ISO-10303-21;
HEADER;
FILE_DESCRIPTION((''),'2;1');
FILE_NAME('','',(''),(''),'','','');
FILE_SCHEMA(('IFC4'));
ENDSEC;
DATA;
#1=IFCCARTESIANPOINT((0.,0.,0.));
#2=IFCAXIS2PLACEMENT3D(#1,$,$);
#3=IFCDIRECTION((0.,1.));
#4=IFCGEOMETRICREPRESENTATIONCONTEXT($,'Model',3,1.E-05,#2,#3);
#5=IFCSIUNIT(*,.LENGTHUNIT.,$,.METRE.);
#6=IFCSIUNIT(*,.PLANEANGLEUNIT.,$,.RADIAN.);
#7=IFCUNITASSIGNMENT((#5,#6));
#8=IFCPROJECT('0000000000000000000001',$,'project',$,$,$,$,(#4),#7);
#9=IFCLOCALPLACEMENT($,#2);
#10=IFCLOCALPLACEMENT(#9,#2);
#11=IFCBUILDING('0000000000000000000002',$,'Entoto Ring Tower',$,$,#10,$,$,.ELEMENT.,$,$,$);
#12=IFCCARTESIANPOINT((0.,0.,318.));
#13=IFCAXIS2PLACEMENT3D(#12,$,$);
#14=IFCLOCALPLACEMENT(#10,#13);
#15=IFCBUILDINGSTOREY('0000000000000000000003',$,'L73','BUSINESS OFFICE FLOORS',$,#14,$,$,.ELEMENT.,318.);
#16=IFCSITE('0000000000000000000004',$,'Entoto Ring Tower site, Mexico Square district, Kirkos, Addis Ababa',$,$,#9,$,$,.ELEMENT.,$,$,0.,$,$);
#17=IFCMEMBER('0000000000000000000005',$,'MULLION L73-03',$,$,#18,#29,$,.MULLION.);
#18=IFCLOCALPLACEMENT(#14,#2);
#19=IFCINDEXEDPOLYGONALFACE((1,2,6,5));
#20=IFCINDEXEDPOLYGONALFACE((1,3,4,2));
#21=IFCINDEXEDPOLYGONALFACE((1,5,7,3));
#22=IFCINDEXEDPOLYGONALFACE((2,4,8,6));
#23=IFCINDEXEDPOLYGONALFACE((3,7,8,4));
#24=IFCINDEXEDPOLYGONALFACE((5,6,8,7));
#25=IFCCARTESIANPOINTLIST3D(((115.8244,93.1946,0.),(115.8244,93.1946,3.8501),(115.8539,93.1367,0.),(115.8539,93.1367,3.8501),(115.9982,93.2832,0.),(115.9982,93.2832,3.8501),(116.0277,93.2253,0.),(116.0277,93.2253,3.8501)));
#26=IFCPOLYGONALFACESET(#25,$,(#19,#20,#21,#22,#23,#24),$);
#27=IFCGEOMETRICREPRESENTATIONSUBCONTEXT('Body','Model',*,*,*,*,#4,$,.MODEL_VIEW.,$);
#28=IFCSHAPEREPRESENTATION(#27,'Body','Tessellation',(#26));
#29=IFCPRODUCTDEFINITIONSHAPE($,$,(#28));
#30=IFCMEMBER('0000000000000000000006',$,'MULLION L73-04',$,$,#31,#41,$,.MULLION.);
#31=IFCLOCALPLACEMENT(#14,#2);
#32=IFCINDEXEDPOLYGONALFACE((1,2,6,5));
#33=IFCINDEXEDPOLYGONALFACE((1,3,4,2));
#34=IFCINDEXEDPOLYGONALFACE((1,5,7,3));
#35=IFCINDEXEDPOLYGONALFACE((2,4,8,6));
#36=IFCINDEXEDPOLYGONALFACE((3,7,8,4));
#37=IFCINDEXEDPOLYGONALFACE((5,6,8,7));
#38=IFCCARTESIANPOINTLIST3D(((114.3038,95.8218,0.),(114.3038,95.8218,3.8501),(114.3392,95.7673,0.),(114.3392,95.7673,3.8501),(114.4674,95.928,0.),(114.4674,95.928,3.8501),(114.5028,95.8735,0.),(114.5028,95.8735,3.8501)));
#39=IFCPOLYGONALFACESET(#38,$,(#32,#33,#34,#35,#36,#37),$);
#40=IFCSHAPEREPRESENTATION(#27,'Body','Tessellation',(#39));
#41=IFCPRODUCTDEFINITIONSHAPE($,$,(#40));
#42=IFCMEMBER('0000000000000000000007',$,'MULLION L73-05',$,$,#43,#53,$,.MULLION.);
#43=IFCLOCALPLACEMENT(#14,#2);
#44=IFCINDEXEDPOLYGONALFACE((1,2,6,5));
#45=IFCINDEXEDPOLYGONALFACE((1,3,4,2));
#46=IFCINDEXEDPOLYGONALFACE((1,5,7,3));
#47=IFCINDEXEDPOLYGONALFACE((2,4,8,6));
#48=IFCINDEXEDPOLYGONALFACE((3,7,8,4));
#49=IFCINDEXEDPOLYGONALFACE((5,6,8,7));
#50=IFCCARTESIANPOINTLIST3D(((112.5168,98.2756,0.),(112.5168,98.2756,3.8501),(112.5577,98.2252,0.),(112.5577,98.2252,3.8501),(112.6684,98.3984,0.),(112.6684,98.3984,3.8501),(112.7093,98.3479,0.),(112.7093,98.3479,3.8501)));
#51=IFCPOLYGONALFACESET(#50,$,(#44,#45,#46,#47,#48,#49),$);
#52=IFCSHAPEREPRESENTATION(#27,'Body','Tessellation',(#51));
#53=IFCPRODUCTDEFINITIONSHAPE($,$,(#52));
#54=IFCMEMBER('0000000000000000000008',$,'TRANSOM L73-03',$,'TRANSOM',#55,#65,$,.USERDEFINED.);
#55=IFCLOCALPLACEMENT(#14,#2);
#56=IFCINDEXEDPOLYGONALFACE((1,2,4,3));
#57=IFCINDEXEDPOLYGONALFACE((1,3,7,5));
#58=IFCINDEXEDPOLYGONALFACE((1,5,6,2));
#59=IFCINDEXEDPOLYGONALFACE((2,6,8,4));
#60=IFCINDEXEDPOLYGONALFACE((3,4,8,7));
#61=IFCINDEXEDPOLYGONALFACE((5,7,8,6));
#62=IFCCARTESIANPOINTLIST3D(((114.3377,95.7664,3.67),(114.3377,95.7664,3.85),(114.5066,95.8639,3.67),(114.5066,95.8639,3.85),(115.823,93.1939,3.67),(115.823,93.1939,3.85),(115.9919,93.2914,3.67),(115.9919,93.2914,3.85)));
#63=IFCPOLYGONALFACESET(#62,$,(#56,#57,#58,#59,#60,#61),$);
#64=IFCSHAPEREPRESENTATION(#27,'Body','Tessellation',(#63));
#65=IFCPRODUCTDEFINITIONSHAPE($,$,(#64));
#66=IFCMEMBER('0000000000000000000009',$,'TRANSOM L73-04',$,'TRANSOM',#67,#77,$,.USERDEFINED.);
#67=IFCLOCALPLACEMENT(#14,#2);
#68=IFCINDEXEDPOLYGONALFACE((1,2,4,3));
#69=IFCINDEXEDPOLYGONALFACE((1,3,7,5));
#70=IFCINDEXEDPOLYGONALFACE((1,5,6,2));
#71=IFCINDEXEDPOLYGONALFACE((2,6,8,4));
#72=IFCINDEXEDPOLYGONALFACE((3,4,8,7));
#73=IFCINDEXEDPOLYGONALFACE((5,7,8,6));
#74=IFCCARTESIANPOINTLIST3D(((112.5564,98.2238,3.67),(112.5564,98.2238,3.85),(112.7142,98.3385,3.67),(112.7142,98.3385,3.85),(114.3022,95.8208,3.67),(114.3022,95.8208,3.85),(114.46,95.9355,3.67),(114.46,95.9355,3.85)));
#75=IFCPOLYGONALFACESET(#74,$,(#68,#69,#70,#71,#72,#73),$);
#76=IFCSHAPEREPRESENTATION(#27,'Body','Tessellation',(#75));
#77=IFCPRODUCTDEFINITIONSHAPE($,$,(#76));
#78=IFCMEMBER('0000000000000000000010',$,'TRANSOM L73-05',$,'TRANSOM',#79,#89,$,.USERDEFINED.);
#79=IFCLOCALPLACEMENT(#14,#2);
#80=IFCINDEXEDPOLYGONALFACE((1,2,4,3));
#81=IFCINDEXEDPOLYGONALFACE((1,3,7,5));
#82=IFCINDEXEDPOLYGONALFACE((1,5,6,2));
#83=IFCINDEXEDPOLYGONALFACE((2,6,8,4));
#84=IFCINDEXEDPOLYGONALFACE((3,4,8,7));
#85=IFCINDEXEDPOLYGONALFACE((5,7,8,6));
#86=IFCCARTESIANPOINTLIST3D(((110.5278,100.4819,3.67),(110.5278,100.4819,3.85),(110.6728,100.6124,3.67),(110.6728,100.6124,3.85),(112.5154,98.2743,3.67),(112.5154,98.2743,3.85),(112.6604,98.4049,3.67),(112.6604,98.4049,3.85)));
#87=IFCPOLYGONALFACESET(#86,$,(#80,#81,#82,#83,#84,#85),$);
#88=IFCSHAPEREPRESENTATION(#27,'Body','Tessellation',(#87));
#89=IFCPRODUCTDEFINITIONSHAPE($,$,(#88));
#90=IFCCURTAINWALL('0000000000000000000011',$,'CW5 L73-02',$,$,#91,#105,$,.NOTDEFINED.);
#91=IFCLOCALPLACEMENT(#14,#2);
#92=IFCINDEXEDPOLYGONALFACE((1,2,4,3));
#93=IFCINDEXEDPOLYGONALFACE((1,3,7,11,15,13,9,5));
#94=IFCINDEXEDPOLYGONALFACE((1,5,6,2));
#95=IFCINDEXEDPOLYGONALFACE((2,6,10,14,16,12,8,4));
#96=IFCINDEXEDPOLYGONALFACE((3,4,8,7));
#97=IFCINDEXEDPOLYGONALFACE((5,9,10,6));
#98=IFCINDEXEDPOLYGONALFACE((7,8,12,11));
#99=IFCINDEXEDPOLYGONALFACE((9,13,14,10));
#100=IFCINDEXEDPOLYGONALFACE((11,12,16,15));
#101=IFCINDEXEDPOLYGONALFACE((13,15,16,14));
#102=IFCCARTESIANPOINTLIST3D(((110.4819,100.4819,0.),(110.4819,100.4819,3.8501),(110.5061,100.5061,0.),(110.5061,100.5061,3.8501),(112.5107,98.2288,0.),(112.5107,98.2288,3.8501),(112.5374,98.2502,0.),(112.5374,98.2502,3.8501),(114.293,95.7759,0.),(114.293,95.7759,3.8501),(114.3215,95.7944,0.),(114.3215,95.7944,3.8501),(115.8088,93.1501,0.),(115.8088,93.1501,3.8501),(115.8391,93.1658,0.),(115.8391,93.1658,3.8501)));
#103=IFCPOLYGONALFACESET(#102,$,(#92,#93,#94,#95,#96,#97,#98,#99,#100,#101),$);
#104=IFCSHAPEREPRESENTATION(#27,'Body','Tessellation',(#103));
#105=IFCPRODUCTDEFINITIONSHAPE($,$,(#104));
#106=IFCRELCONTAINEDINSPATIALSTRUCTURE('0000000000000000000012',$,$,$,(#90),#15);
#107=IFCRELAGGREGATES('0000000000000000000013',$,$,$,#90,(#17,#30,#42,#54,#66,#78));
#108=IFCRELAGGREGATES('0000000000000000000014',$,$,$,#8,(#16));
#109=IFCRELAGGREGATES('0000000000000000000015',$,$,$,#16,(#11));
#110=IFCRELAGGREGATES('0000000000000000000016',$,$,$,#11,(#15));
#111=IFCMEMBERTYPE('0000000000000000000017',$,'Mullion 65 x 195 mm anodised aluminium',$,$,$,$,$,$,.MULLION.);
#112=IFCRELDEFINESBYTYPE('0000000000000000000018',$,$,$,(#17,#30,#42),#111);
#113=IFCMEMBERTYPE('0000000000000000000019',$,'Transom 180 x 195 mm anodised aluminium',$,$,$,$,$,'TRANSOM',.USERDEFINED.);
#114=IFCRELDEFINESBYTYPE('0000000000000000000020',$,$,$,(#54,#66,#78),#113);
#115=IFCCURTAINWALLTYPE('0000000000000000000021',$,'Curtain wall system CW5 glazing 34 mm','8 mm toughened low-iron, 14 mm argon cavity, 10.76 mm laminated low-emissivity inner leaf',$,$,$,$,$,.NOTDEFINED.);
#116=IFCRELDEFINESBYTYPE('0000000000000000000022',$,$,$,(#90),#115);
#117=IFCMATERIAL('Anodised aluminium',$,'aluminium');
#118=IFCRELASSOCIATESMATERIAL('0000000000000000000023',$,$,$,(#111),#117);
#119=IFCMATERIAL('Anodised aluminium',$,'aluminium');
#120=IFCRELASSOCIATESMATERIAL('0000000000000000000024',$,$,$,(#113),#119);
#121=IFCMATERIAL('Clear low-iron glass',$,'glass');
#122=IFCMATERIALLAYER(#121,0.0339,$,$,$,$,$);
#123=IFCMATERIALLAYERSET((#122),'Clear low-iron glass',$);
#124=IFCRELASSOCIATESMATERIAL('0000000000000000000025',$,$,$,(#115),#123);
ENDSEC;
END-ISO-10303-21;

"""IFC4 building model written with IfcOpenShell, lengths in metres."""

from ifc_helpers import new_model, si_unit, direction, frame, origin, origin_2d, place, context, subcontext, project, spatial, polyline, rectangle, outline, extrude, material, layer, layer_set, material_profile, profile_set, type_object, element, aggregate, save


model = new_model("IFC4")

# Units and contexts
model_context = context("Model", 3, precision=1e-05, world=origin(), true_north=direction((0.0, 1.0)))
body_context = subcontext(model_context, "Body", "Model", "MODEL_VIEW")
ifc_project = project(units=[si_unit("LENGTHUNIT", "METRE"), si_unit("PLANEANGLEUNIT", "RADIAN")], contexts=[model_context])

# Members
ifc_material_1 = material(Name="Anodised aluminium", Category="aluminium")
ifc_material_profile_1 = material_profile(ifc_material_1, rectangle(XDim=0.0649, YDim=0.1951, at=origin_2d()), Name="Mullion 65 x 195 mm anodised aluminium")
ifc_profile_set_1 = profile_set([ifc_material_profile_1], Name="Anodised aluminium")
member_type_1 = type_object("IfcMemberType", Name="Mullion 65 x 195 mm anodised aluminium", PredefinedType="MULLION", material=ifc_profile_set_1)
site_placement = place(None, origin())
building_placement = place(site_placement, origin())
storey_placement = place(building_placement, frame((0.0, 0.0, 318.0)))
member_1_placement = place(storey_placement, frame((115.926, 93.21, 0.0), z_axis=(0.0, 0.0, 1.0), x_axis=(-0.45399, 0.891007, 0.0)))
member_1 = element("IfcMember", 1, at=member_1_placement, type_object=member_type_1, Name="MULLION L73-03", PredefinedType="MULLION", context=body_context, shape_type="SweptSolid", body=[
    extrude(rectangle(XDim=0.0649, YDim=0.1951, at=origin_2d()), origin(), (0.0, 0.0, 1.0), 3.8501),
])
member_2_placement = place(storey_placement, frame((114.4033, 95.8477, 0.0), z_axis=(0.0, 0.0, 1.0), x_axis=(-0.544639, 0.838671, 0.0)))
member_2 = element("IfcMember", 2, at=member_2_placement, type_object=member_type_1, Name="MULLION L73-04", PredefinedType="MULLION", context=body_context, shape_type="SweptSolid", body=[
    extrude(rectangle(XDim=0.0649, YDim=0.1951, at=origin_2d()), origin(), (0.0, 0.0, 1.0), 3.8501),
])
member_3_placement = place(storey_placement, frame((112.613, 98.3118, 0.0), z_axis=(0.0, 0.0, 1.0), x_axis=(-0.62932, 0.777146, 0.0)))
member_3 = element("IfcMember", 3, at=member_3_placement, type_object=member_type_1, Name="MULLION L73-05", PredefinedType="MULLION", context=body_context, shape_type="SweptSolid", body=[
    extrude(rectangle(XDim=0.0649, YDim=0.1951, at=origin_2d()), origin(), (0.0, 0.0, 1.0), 3.8501),
])
ifc_material_2 = material(Name="Anodised aluminium", Category="aluminium")
ifc_material_profile_2 = material_profile(ifc_material_2, rectangle(XDim=0.1951, YDim=0.1799, at=origin_2d()), Name="Transom 180 x 195 mm anodised aluminium")
ifc_profile_set_2 = profile_set([ifc_material_profile_2], Name="Anodised aluminium")
member_type_2 = type_object("IfcMemberType", Name="Transom 180 x 195 mm anodised aluminium", ElementType="TRANSOM", PredefinedType="USERDEFINED", material=ifc_profile_set_2)
member_4_placement = place(storey_placement, frame((115.9075, 93.2427, 3.76), z_axis=(-0.500028, 0.866009, 0.0), x_axis=(-0.866009, -0.500028, 0.0)))
member_4 = element("IfcMember", 4, at=member_4_placement, type_object=member_type_2, Name="TRANSOM L73-03", ObjectType="TRANSOM", PredefinedType="USERDEFINED", context=body_context, shape_type="SweptSolid", body=[
    extrude(rectangle(XDim=0.1951, YDim=0.1799, at=origin_2d()), origin(), (0.0, 0.0, 1.0), 2.9705),
])
member_5_placement = place(storey_placement, frame((114.3811, 95.8782, 3.76), z_axis=(-0.587766, 0.809031, 0.0), x_axis=(-0.809031, -0.587766, 0.0)))
member_5 = element("IfcMember", 5, at=member_5_placement, type_object=member_type_2, Name="TRANSOM L73-04", ObjectType="TRANSOM", PredefinedType="USERDEFINED", context=body_context, shape_type="SweptSolid", body=[
    extrude(rectangle(XDim=0.1951, YDim=0.1799, at=origin_2d()), origin(), (0.0, 0.0, 1.0), 2.9702),
])
member_6_placement = place(storey_placement, frame((112.5879, 98.3396, 3.76), z_axis=(-0.66911, 0.743163, 0.0), x_axis=(-0.743163, -0.66911, 0.0)))
member_6 = element("IfcMember", 6, at=member_6_placement, type_object=member_type_2, Name="TRANSOM L73-05", ObjectType="TRANSOM", PredefinedType="USERDEFINED", context=body_context, shape_type="SweptSolid", body=[
    extrude(rectangle(XDim=0.1951, YDim=0.1799, at=origin_2d()), origin(), (0.0, 0.0, 1.0), 2.9705),
])

# Site, building, storey
site = spatial("IfcSite", under=ifc_project, at=site_placement, Name="Entoto Ring Tower site, Mexico Square district, Kirkos, Addis Ababa", CompositionType="ELEMENT", RefElevation=0.0)
building = spatial("IfcBuilding", under=site, at=building_placement, Name="Entoto Ring Tower", CompositionType="ELEMENT")
storey = spatial("IfcBuildingStorey", under=building, at=storey_placement, Name="L73", Description="BUSINESS OFFICE FLOORS", CompositionType="ELEMENT", Elevation=318.0)

# Curtain wall
ifc_material_3 = material(Name="Clear low-iron glass", Category="glass")
ifc_layer_1 = layer(ifc_material_3, 0.0339)
ifc_layer_set_1 = layer_set([ifc_layer_1], Name="Clear low-iron glass")
curtain_wall_type = type_object("IfcCurtainWallType", Name="Curtain wall system CW5 glazing 34 mm", Description="8 mm toughened low-iron, 14 mm argon cavity, 10.76 mm laminated low-emissivity inner leaf", PredefinedType="NOTDEFINED", material=ifc_layer_set_1)
curtain_wall_1_placement = place(storey_placement, origin())
curtain_wall_1 = element("IfcCurtainWall", 7, at=curtain_wall_1_placement, inside=storey, type_object=curtain_wall_type, Name="CW5 L73-02", PredefinedType="NOTDEFINED", context=body_context, shape_type="SweptSolid", body=[
    extrude(outline(polyline([(115.8391, 93.1658), (114.3215, 95.7944), (112.5374, 98.2502), (110.5061, 100.5061), (110.4819, 100.4819), (112.5107, 98.2288), (114.293, 95.7759), (115.8088, 93.1501), (115.8391, 93.1658)])), origin(), (0.0, 0.0, 1.0), 3.8501),
])
aggregate(curtain_wall_1, [member_1, member_2, member_3, member_4, member_5, member_6])

save(model, "model.ifc")
